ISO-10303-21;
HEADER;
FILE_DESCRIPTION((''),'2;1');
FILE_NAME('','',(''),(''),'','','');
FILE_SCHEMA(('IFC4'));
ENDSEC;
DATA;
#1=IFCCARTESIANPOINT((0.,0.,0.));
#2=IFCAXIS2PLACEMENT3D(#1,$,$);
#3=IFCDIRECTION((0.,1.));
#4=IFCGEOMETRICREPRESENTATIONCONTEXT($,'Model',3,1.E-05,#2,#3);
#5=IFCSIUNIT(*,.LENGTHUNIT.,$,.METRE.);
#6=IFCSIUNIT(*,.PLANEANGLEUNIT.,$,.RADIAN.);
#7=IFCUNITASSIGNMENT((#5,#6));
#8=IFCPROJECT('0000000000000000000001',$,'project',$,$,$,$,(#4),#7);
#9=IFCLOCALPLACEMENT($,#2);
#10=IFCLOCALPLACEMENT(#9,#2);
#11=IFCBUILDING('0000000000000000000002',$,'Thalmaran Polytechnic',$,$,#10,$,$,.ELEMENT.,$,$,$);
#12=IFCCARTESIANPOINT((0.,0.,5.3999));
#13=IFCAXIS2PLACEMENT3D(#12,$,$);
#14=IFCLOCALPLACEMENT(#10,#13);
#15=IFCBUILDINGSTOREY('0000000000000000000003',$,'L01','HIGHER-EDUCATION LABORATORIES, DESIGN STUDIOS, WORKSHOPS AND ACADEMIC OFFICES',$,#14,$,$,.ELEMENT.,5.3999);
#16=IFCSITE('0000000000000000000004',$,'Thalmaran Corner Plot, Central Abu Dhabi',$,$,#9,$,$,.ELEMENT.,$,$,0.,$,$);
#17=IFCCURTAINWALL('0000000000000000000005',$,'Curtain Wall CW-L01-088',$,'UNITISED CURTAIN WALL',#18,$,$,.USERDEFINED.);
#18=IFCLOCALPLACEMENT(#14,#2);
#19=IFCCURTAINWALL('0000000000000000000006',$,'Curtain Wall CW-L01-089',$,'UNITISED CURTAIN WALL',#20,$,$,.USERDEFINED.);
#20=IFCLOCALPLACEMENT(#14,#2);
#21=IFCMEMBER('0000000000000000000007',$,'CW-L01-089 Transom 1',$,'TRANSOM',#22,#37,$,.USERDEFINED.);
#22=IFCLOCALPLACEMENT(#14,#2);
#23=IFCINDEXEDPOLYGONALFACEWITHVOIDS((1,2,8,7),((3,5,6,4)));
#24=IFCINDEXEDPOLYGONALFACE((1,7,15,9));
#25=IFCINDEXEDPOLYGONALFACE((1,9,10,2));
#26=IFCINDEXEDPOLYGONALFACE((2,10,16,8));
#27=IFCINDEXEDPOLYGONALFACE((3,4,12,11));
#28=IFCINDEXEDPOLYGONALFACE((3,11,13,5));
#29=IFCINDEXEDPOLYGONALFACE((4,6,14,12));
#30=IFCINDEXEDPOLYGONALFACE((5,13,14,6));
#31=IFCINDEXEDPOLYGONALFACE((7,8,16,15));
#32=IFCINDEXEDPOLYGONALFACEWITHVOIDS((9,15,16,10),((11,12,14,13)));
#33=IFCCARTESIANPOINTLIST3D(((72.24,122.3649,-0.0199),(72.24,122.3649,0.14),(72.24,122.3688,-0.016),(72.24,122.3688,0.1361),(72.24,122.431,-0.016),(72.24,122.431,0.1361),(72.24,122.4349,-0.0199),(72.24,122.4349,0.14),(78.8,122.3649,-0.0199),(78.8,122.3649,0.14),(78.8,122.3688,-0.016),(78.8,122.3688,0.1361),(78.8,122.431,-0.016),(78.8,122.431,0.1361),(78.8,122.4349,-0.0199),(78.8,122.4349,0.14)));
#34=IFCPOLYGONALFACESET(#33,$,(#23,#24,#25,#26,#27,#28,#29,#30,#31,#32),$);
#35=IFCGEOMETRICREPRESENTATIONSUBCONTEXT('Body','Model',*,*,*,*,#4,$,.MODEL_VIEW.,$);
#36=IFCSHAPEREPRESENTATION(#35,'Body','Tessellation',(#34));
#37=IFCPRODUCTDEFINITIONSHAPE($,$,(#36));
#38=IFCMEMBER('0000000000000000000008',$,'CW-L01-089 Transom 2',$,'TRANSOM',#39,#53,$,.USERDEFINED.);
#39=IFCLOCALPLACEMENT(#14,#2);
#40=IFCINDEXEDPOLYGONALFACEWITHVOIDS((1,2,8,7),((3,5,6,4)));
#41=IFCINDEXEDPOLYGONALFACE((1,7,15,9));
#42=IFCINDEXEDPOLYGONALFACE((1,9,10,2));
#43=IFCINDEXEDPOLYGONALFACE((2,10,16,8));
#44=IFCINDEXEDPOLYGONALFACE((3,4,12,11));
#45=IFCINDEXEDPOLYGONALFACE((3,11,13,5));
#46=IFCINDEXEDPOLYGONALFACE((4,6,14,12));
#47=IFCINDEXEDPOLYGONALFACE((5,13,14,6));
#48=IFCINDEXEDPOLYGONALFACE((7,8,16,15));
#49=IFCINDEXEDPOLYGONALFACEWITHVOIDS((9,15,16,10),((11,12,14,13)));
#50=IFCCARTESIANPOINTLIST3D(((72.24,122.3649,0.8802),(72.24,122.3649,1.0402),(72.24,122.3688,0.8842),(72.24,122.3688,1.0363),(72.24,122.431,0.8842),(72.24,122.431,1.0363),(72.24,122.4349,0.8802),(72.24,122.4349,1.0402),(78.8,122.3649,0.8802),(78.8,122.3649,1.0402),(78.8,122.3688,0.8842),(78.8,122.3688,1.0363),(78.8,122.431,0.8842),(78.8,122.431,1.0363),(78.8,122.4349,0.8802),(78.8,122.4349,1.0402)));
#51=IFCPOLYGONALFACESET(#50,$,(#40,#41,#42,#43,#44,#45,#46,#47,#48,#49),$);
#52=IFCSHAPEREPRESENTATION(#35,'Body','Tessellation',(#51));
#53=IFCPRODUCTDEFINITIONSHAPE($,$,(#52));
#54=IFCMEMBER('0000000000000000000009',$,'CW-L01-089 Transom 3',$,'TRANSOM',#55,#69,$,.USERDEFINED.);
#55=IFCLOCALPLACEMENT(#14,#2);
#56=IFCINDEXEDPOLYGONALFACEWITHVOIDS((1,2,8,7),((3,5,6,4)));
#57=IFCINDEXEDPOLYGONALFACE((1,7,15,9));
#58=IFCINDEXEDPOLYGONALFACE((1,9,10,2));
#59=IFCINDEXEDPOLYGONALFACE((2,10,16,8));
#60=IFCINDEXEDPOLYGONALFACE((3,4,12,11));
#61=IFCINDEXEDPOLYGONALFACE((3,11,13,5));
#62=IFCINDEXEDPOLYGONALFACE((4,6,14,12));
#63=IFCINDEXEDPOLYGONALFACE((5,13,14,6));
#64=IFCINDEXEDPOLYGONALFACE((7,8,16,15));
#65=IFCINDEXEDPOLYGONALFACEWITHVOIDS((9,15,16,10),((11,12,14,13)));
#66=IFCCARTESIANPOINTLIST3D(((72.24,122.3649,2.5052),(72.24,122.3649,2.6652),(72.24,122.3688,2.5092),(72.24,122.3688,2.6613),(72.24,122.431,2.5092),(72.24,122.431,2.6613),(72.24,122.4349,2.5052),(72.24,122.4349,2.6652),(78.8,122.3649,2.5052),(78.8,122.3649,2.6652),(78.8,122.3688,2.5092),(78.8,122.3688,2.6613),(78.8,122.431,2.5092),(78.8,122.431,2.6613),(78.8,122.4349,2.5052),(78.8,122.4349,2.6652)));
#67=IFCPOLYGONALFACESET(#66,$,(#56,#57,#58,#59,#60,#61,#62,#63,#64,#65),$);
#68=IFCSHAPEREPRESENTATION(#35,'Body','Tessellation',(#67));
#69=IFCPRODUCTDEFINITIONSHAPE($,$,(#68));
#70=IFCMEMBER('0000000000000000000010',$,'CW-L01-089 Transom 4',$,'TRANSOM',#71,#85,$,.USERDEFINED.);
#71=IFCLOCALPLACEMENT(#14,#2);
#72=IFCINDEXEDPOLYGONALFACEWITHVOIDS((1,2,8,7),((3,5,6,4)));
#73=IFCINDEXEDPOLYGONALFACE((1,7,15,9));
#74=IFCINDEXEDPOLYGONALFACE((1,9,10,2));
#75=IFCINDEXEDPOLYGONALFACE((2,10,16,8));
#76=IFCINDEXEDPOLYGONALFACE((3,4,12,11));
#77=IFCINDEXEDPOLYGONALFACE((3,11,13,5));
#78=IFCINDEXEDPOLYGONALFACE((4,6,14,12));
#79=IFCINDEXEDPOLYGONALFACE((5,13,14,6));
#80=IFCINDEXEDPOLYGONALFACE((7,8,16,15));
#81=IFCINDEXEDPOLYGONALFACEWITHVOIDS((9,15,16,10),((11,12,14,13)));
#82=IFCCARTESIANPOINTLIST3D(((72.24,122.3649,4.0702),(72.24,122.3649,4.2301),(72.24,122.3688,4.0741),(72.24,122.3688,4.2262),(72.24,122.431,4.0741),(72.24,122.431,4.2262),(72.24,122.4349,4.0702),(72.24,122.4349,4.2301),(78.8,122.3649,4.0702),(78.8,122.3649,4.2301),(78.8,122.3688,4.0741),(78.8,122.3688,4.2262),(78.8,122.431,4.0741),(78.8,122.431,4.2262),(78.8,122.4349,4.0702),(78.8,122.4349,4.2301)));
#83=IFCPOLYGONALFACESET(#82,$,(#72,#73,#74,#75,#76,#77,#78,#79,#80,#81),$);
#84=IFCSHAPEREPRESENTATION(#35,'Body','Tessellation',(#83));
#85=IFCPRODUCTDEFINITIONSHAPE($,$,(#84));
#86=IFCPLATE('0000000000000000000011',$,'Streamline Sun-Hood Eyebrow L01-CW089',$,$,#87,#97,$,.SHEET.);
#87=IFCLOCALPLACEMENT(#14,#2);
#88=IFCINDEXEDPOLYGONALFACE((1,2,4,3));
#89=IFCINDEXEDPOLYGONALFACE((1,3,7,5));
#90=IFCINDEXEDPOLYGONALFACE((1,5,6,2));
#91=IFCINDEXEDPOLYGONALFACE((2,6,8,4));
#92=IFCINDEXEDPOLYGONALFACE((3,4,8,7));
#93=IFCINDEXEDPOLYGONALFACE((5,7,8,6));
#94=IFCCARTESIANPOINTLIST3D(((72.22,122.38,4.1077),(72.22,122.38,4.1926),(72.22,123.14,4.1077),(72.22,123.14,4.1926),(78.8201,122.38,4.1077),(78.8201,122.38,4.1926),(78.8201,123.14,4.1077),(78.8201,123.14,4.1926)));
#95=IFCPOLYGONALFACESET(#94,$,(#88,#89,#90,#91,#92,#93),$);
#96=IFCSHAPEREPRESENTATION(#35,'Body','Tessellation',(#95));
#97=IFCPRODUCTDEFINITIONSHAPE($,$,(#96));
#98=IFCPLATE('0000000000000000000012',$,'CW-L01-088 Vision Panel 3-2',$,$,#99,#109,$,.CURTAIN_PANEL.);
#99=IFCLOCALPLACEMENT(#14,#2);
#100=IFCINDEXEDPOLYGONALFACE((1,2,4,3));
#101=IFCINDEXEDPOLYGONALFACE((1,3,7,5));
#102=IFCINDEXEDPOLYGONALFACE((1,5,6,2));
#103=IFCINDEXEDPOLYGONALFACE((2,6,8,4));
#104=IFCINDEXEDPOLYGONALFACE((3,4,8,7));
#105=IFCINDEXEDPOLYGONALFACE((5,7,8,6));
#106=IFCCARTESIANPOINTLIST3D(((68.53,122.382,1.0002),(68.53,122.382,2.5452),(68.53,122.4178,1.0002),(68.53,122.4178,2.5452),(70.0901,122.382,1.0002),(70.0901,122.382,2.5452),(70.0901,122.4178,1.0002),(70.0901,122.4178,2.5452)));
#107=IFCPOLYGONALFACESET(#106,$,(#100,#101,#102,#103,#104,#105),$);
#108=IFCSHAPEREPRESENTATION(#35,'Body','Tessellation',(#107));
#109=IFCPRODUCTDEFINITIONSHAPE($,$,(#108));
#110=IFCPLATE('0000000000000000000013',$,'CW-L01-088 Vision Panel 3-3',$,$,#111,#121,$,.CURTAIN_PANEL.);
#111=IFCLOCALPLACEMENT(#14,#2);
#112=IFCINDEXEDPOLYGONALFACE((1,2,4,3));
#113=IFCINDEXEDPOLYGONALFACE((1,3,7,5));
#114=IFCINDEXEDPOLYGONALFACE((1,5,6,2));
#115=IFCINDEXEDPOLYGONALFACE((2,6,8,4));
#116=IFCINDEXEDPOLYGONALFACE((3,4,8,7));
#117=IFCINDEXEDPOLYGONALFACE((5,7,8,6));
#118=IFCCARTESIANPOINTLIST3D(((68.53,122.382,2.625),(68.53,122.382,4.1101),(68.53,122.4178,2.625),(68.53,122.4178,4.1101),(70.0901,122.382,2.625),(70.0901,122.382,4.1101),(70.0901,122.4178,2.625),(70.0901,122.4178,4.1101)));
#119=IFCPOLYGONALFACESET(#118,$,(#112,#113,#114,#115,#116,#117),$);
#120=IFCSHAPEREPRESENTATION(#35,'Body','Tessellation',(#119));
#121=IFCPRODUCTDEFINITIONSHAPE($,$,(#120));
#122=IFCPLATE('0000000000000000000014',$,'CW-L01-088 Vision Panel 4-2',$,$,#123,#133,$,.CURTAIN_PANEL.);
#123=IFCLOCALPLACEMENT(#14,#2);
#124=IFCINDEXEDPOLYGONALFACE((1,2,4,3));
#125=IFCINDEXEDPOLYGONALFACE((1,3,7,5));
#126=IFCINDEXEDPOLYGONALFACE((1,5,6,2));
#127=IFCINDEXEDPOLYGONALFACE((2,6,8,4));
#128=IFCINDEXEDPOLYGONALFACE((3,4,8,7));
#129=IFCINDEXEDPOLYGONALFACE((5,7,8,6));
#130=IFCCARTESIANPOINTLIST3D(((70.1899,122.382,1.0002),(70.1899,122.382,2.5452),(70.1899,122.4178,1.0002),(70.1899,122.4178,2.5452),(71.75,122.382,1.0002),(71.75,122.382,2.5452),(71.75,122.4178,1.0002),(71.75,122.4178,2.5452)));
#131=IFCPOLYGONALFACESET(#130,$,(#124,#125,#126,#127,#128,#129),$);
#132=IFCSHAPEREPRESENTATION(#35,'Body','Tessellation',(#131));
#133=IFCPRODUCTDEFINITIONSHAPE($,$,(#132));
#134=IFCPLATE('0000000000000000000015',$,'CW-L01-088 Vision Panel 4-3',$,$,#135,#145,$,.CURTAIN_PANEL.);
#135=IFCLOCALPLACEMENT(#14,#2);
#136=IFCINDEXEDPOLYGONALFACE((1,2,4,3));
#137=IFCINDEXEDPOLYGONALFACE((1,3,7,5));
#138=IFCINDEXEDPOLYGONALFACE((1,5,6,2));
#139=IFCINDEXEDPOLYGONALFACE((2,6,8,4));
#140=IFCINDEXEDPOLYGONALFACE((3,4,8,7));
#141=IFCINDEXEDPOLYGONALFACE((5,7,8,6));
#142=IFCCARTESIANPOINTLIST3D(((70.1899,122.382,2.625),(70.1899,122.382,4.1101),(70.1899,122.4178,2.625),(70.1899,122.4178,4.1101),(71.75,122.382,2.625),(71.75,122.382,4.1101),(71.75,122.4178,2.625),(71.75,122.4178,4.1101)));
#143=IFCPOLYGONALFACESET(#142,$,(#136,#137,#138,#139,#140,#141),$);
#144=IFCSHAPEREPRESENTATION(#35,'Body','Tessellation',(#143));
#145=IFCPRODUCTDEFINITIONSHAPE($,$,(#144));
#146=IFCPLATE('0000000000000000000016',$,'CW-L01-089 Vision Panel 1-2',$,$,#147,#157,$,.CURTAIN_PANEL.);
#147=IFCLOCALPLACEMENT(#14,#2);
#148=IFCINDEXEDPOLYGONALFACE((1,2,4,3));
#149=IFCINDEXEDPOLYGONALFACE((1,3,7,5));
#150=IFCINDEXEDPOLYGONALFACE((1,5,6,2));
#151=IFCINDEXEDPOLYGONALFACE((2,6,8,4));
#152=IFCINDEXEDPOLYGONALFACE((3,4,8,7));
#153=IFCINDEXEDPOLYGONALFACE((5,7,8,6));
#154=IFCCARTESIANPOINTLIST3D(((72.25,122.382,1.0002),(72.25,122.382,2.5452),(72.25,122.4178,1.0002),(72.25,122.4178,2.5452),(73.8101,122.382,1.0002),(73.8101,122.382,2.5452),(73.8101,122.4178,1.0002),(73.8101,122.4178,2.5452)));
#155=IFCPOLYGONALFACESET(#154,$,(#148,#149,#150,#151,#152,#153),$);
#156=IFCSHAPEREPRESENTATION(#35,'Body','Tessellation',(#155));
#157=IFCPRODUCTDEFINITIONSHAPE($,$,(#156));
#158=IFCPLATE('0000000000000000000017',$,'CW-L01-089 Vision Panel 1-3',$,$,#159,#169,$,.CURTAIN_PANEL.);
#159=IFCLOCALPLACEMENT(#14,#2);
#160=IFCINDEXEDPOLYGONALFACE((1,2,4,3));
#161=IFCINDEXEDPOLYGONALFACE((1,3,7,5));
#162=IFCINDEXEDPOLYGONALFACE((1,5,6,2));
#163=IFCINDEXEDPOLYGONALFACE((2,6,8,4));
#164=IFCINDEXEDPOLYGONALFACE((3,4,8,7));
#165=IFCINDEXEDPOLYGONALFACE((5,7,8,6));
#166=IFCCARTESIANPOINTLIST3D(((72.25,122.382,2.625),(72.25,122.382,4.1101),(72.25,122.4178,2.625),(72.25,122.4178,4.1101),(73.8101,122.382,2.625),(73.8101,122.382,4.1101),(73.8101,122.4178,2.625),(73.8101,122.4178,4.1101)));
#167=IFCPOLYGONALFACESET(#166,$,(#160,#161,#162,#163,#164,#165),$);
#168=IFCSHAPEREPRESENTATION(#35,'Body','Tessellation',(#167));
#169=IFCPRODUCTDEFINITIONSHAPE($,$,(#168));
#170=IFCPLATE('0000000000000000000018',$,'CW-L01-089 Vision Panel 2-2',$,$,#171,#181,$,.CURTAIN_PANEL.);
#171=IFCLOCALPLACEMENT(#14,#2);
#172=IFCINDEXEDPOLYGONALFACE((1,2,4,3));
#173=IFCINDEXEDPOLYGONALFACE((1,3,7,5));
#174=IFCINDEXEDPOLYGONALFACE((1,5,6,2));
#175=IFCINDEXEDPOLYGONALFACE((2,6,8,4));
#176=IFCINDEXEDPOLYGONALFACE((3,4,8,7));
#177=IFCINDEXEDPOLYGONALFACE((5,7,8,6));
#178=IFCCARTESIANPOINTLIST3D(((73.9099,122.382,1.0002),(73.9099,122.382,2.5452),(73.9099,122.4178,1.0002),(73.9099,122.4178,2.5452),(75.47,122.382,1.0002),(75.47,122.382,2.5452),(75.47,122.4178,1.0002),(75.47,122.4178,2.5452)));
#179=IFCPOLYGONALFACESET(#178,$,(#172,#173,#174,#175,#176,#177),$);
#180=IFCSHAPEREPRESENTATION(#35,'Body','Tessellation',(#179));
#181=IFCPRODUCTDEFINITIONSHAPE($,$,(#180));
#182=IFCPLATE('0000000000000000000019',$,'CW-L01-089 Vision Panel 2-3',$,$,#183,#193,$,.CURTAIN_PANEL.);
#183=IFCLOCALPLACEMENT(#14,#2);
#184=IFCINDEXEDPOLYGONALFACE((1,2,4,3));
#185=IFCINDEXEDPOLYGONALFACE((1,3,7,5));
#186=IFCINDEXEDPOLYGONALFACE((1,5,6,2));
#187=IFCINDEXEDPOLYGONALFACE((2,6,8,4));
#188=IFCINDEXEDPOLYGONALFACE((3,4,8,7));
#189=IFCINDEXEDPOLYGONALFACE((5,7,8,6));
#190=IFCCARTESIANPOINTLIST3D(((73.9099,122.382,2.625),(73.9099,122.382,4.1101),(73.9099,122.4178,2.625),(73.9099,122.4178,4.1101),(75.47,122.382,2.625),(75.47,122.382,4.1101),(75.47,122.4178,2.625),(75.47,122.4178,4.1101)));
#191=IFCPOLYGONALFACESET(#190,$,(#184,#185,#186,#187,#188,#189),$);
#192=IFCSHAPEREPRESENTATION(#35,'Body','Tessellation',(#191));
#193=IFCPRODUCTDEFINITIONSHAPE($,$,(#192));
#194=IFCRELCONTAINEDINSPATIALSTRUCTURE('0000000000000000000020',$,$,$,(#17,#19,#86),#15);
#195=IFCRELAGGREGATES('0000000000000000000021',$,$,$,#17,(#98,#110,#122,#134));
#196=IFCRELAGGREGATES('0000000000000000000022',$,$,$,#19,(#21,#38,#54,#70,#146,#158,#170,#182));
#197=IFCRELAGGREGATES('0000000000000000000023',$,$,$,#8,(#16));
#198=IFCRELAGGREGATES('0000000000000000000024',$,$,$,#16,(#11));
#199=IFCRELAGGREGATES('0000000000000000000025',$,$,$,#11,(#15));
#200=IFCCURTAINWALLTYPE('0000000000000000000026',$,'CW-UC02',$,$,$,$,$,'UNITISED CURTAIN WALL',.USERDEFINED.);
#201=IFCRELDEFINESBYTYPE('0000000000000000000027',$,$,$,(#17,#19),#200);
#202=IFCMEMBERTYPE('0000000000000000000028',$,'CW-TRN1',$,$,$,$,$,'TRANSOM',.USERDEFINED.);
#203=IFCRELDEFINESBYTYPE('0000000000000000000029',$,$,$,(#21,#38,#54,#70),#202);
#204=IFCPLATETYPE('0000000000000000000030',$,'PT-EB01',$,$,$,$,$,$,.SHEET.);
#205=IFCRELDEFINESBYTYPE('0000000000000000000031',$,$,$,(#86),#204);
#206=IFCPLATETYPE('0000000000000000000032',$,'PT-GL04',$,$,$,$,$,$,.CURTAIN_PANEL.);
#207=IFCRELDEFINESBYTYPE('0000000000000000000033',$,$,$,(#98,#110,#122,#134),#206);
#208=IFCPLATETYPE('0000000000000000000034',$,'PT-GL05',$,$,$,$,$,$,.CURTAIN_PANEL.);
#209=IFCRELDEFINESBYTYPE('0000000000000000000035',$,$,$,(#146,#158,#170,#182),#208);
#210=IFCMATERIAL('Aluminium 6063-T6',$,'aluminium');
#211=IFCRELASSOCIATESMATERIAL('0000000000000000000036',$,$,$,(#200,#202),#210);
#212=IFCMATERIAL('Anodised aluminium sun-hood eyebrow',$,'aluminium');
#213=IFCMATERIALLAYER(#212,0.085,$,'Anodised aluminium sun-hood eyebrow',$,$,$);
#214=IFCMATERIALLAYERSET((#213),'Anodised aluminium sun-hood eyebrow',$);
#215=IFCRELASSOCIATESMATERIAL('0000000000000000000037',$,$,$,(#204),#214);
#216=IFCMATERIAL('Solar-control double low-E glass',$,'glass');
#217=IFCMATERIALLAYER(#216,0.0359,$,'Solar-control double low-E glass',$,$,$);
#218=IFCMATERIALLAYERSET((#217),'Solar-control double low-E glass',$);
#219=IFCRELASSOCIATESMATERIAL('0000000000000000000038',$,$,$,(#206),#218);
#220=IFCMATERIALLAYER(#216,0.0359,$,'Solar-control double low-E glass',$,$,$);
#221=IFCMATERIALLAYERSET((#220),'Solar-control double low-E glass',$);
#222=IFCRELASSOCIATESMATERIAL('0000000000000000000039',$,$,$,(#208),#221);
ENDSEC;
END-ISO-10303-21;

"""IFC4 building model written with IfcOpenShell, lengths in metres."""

from ifc_helpers import new_model, si_unit, direction, frame, origin, origin_2d, place, context, subcontext, project, spatial, rectangle, hollow_rectangle, extrude, material, layer, layer_set, material_profile, profile_set, type_object, element, aggregate, save


model = new_model("IFC4")

# Units and contexts
model_context = context("Model", 3, precision=1e-05, world=origin(), true_north=direction((0.0, 1.0)))
body_context = subcontext(model_context, "Body", "Model", "MODEL_VIEW")
ifc_project = project(units=[si_unit("LENGTHUNIT", "METRE"), si_unit("PLANEANGLEUNIT", "RADIAN")], contexts=[model_context])

# Site, building, storey
site_placement = place(None, origin())
site = spatial("IfcSite", under=ifc_project, at=site_placement, Name="Thalmaran Corner Plot, Central Abu Dhabi", CompositionType="ELEMENT", RefElevation=0.0)
building_placement = place(site_placement, origin())
building = spatial("IfcBuilding", under=site, at=building_placement, Name="Thalmaran Polytechnic", CompositionType="ELEMENT")
storey_placement = place(building_placement, frame((0.0, 0.0, 5.3999)))
storey = spatial("IfcBuildingStorey", under=building, at=storey_placement, Name="L01", Description="HIGHER-EDUCATION LABORATORIES, DESIGN STUDIOS, WORKSHOPS AND ACADEMIC OFFICES", CompositionType="ELEMENT", Elevation=5.3999)

# Curtain walls, members
ifc_material_1 = material(Name="Aluminium 6063-T6", Category="aluminium")
curtain_wall_type = type_object("IfcCurtainWallType", Name="CW-UC02", ElementType="UNITISED CURTAIN WALL", PredefinedType="USERDEFINED", material=ifc_material_1)
curtain_wall_1_placement = place(storey_placement, origin())
curtain_wall_1 = element("IfcCurtainWall", 1, at=curtain_wall_1_placement, inside=storey, type_object=curtain_wall_type, Name="Curtain Wall CW-L01-088", ObjectType="UNITISED CURTAIN WALL", PredefinedType="USERDEFINED")
curtain_wall_2_placement = place(storey_placement, origin())
curtain_wall_2 = element("IfcCurtainWall", 2, at=curtain_wall_2_placement, inside=storey, type_object=curtain_wall_type, Name="Curtain Wall CW-L01-089", ObjectType="UNITISED CURTAIN WALL", PredefinedType="USERDEFINED")
ifc_material_profile_1 = material_profile(ifc_material_1, hollow_rectangle(XDim=0.0701, YDim=0.1599, WallThickness=0.0039, at=origin_2d()), Name="AL 160x70x4.0")
ifc_profile_set_1 = profile_set([ifc_material_profile_1], Name="Aluminium 6063-T6")
member_type_1 = type_object("IfcMemberType", Name="CW-TRN1", ElementType="TRANSOM", PredefinedType="USERDEFINED", material=ifc_profile_set_1)
member_1_placement = place(storey_placement, frame((72.24, 122.3999, 0.0601), z_axis=(1.0, 0.0, 0.0), x_axis=(0.0, 1.0, 0.0)))
member_1 = element("IfcMember", 3, at=member_1_placement, type_object=member_type_1, Name="CW-L01-089 Transom 1", ObjectType="TRANSOM", PredefinedType="USERDEFINED", context=body_context, shape_type="SweptSolid", body=[
    extrude(hollow_rectangle(XDim=0.0701, YDim=0.1599, WallThickness=0.0039, at=origin_2d()), origin(), (0.0, 0.0, 1.0), 6.5601),
])
member_2_placement = place(storey_placement, frame((72.24, 122.3999, 0.9602), z_axis=(1.0, 0.0, 0.0), x_axis=(0.0, 1.0, 0.0)))
member_2 = element("IfcMember", 4, at=member_2_placement, type_object=member_type_1, Name="CW-L01-089 Transom 2", ObjectType="TRANSOM", PredefinedType="USERDEFINED", context=body_context, shape_type="SweptSolid", body=[
    extrude(hollow_rectangle(XDim=0.0701, YDim=0.1599, WallThickness=0.0039, at=origin_2d()), origin(), (0.0, 0.0, 1.0), 6.5601),
])
member_3_placement = place(storey_placement, frame((72.24, 122.3999, 2.5852), z_axis=(1.0, 0.0, 0.0), x_axis=(0.0, 1.0, 0.0)))
member_3 = element("IfcMember", 5, at=member_3_placement, type_object=member_type_1, Name="CW-L01-089 Transom 3", ObjectType="TRANSOM", PredefinedType="USERDEFINED", context=body_context, shape_type="SweptSolid", body=[
    extrude(hollow_rectangle(XDim=0.0701, YDim=0.1599, WallThickness=0.0039, at=origin_2d()), origin(), (0.0, 0.0, 1.0), 6.5601),
])
member_4_placement = place(storey_placement, frame((72.24, 122.3999, 4.1501), z_axis=(1.0, 0.0, 0.0), x_axis=(0.0, 1.0, 0.0)))
member_4 = element("IfcMember", 6, at=member_4_placement, type_object=member_type_1, Name="CW-L01-089 Transom 4", ObjectType="TRANSOM", PredefinedType="USERDEFINED", context=body_context, shape_type="SweptSolid", body=[
    extrude(hollow_rectangle(XDim=0.0701, YDim=0.1599, WallThickness=0.0039, at=origin_2d()), origin(), (0.0, 0.0, 1.0), 6.5601),
])

# Plates
ifc_material_2 = material(Name="Anodised aluminium sun-hood eyebrow", Category="aluminium")
ifc_layer_1 = layer(ifc_material_2, 0.085, Name="Anodised aluminium sun-hood eyebrow")
ifc_layer_set_1 = layer_set([ifc_layer_1], Name="Anodised aluminium sun-hood eyebrow")
plate_type_1 = type_object("IfcPlateType", Name="PT-EB01", PredefinedType="SHEET", material=ifc_layer_set_1)
plate_1_placement = place(storey_placement, frame((75.52, 122.76, 4.1077), z_axis=(0.0, 0.0, 1.0), x_axis=(1.0, 0.0, 0.0)))
element("IfcPlate", 7, at=plate_1_placement, inside=storey, type_object=plate_type_1, Name="Streamline Sun-Hood Eyebrow L01-CW089", PredefinedType="SHEET", context=body_context, shape_type="SweptSolid", body=[
    extrude(rectangle(XDim=6.6001, YDim=0.76, at=origin_2d()), origin(), (0.0, 0.0, 1.0), 0.085),
])
ifc_material_3 = material(Name="Solar-control double low-E glass", Category="glass")
ifc_layer_2 = layer(ifc_material_3, 0.0359, Name="Solar-control double low-E glass")
ifc_layer_set_2 = layer_set([ifc_layer_2], Name="Solar-control double low-E glass")
plate_type_2 = type_object("IfcPlateType", Name="PT-GL04", PredefinedType="CURTAIN_PANEL", material=ifc_layer_set_2)
plate_2_placement = place(storey_placement, frame((69.3101, 122.3999, 1.0002), z_axis=(0.0, 0.0, 1.0), x_axis=(1.0, 0.0, 0.0)))
plate_2 = element("IfcPlate", 8, at=plate_2_placement, type_object=plate_type_2, Name="CW-L01-088 Vision Panel 3-2", PredefinedType="CURTAIN_PANEL", context=body_context, shape_type="SweptSolid", body=[
    extrude(rectangle(XDim=1.5601, YDim=0.0359, at=origin_2d()), origin(), (0.0, 0.0, 1.0), 1.5449),
])
plate_3_placement = place(storey_placement, frame((69.3101, 122.3999, 2.625), z_axis=(0.0, 0.0, 1.0), x_axis=(1.0, 0.0, 0.0)))
plate_3 = element("IfcPlate", 9, at=plate_3_placement, type_object=plate_type_2, Name="CW-L01-088 Vision Panel 3-3", PredefinedType="CURTAIN_PANEL", context=body_context, shape_type="SweptSolid", body=[
    extrude(rectangle(XDim=1.5601, YDim=0.0359, at=origin_2d()), origin(), (0.0, 0.0, 1.0), 1.4851),
])
plate_4_placement = place(storey_placement, frame((70.97, 122.3999, 1.0002), z_axis=(0.0, 0.0, 1.0), x_axis=(1.0, 0.0, 0.0)))
plate_4 = element("IfcPlate", 10, at=plate_4_placement, type_object=plate_type_2, Name="CW-L01-088 Vision Panel 4-2", PredefinedType="CURTAIN_PANEL", context=body_context, shape_type="SweptSolid", body=[
    extrude(rectangle(XDim=1.5601, YDim=0.0359, at=origin_2d()), origin(), (0.0, 0.0, 1.0), 1.5449),
])
plate_5_placement = place(storey_placement, frame((70.97, 122.3999, 2.625), z_axis=(0.0, 0.0, 1.0), x_axis=(1.0, 0.0, 0.0)))
plate_5 = element("IfcPlate", 11, at=plate_5_placement, type_object=plate_type_2, Name="CW-L01-088 Vision Panel 4-3", PredefinedType="CURTAIN_PANEL", context=body_context, shape_type="SweptSolid", body=[
    extrude(rectangle(XDim=1.5601, YDim=0.0359, at=origin_2d()), origin(), (0.0, 0.0, 1.0), 1.4851),
])
ifc_layer_3 = layer(ifc_material_3, 0.0359, Name="Solar-control double low-E glass")
ifc_layer_set_3 = layer_set([ifc_layer_3], Name="Solar-control double low-E glass")
plate_type_3 = type_object("IfcPlateType", Name="PT-GL05", PredefinedType="CURTAIN_PANEL", material=ifc_layer_set_3)
plate_6_placement = place(storey_placement, frame((73.03, 122.3999, 1.0002), z_axis=(0.0, 0.0, 1.0), x_axis=(1.0, 0.0, 0.0)))
plate_6 = element("IfcPlate", 12, at=plate_6_placement, type_object=plate_type_3, Name="CW-L01-089 Vision Panel 1-2", PredefinedType="CURTAIN_PANEL", context=body_context, shape_type="SweptSolid", body=[
    extrude(rectangle(XDim=1.5601, YDim=0.0359, at=origin_2d()), origin(), (0.0, 0.0, 1.0), 1.5449),
])
plate_7_placement = place(storey_placement, frame((73.03, 122.3999, 2.625), z_axis=(0.0, 0.0, 1.0), x_axis=(1.0, 0.0, 0.0)))
plate_7 = element("IfcPlate", 13, at=plate_7_placement, type_object=plate_type_3, Name="CW-L01-089 Vision Panel 1-3", PredefinedType="CURTAIN_PANEL", context=body_context, shape_type="SweptSolid", body=[
    extrude(rectangle(XDim=1.5601, YDim=0.0359, at=origin_2d()), origin(), (0.0, 0.0, 1.0), 1.4851),
])
plate_8_placement = place(storey_placement, frame((74.6899, 122.3999, 1.0002), z_axis=(0.0, 0.0, 1.0), x_axis=(1.0, 0.0, 0.0)))
plate_8 = element("IfcPlate", 14, at=plate_8_placement, type_object=plate_type_3, Name="CW-L01-089 Vision Panel 2-2", PredefinedType="CURTAIN_PANEL", context=body_context, shape_type="SweptSolid", body=[
    extrude(rectangle(XDim=1.5601, YDim=0.0359, at=origin_2d()), origin(), (0.0, 0.0, 1.0), 1.5449),
])
plate_9_placement = place(storey_placement, frame((74.6899, 122.3999, 2.625), z_axis=(0.0, 0.0, 1.0), x_axis=(1.0, 0.0, 0.0)))
plate_9 = element("IfcPlate", 15, at=plate_9_placement, type_object=plate_type_3, Name="CW-L01-089 Vision Panel 2-3", PredefinedType="CURTAIN_PANEL", context=body_context, shape_type="SweptSolid", body=[
    extrude(rectangle(XDim=1.5601, YDim=0.0359, at=origin_2d()), origin(), (0.0, 0.0, 1.0), 1.4851),
])
aggregate(curtain_wall_1, [plate_2, plate_3, plate_4, plate_5])
aggregate(curtain_wall_2, [member_1, member_2, member_3, member_4, plate_6, plate_7, plate_8, plate_9])

save(model, "model.ifc")
